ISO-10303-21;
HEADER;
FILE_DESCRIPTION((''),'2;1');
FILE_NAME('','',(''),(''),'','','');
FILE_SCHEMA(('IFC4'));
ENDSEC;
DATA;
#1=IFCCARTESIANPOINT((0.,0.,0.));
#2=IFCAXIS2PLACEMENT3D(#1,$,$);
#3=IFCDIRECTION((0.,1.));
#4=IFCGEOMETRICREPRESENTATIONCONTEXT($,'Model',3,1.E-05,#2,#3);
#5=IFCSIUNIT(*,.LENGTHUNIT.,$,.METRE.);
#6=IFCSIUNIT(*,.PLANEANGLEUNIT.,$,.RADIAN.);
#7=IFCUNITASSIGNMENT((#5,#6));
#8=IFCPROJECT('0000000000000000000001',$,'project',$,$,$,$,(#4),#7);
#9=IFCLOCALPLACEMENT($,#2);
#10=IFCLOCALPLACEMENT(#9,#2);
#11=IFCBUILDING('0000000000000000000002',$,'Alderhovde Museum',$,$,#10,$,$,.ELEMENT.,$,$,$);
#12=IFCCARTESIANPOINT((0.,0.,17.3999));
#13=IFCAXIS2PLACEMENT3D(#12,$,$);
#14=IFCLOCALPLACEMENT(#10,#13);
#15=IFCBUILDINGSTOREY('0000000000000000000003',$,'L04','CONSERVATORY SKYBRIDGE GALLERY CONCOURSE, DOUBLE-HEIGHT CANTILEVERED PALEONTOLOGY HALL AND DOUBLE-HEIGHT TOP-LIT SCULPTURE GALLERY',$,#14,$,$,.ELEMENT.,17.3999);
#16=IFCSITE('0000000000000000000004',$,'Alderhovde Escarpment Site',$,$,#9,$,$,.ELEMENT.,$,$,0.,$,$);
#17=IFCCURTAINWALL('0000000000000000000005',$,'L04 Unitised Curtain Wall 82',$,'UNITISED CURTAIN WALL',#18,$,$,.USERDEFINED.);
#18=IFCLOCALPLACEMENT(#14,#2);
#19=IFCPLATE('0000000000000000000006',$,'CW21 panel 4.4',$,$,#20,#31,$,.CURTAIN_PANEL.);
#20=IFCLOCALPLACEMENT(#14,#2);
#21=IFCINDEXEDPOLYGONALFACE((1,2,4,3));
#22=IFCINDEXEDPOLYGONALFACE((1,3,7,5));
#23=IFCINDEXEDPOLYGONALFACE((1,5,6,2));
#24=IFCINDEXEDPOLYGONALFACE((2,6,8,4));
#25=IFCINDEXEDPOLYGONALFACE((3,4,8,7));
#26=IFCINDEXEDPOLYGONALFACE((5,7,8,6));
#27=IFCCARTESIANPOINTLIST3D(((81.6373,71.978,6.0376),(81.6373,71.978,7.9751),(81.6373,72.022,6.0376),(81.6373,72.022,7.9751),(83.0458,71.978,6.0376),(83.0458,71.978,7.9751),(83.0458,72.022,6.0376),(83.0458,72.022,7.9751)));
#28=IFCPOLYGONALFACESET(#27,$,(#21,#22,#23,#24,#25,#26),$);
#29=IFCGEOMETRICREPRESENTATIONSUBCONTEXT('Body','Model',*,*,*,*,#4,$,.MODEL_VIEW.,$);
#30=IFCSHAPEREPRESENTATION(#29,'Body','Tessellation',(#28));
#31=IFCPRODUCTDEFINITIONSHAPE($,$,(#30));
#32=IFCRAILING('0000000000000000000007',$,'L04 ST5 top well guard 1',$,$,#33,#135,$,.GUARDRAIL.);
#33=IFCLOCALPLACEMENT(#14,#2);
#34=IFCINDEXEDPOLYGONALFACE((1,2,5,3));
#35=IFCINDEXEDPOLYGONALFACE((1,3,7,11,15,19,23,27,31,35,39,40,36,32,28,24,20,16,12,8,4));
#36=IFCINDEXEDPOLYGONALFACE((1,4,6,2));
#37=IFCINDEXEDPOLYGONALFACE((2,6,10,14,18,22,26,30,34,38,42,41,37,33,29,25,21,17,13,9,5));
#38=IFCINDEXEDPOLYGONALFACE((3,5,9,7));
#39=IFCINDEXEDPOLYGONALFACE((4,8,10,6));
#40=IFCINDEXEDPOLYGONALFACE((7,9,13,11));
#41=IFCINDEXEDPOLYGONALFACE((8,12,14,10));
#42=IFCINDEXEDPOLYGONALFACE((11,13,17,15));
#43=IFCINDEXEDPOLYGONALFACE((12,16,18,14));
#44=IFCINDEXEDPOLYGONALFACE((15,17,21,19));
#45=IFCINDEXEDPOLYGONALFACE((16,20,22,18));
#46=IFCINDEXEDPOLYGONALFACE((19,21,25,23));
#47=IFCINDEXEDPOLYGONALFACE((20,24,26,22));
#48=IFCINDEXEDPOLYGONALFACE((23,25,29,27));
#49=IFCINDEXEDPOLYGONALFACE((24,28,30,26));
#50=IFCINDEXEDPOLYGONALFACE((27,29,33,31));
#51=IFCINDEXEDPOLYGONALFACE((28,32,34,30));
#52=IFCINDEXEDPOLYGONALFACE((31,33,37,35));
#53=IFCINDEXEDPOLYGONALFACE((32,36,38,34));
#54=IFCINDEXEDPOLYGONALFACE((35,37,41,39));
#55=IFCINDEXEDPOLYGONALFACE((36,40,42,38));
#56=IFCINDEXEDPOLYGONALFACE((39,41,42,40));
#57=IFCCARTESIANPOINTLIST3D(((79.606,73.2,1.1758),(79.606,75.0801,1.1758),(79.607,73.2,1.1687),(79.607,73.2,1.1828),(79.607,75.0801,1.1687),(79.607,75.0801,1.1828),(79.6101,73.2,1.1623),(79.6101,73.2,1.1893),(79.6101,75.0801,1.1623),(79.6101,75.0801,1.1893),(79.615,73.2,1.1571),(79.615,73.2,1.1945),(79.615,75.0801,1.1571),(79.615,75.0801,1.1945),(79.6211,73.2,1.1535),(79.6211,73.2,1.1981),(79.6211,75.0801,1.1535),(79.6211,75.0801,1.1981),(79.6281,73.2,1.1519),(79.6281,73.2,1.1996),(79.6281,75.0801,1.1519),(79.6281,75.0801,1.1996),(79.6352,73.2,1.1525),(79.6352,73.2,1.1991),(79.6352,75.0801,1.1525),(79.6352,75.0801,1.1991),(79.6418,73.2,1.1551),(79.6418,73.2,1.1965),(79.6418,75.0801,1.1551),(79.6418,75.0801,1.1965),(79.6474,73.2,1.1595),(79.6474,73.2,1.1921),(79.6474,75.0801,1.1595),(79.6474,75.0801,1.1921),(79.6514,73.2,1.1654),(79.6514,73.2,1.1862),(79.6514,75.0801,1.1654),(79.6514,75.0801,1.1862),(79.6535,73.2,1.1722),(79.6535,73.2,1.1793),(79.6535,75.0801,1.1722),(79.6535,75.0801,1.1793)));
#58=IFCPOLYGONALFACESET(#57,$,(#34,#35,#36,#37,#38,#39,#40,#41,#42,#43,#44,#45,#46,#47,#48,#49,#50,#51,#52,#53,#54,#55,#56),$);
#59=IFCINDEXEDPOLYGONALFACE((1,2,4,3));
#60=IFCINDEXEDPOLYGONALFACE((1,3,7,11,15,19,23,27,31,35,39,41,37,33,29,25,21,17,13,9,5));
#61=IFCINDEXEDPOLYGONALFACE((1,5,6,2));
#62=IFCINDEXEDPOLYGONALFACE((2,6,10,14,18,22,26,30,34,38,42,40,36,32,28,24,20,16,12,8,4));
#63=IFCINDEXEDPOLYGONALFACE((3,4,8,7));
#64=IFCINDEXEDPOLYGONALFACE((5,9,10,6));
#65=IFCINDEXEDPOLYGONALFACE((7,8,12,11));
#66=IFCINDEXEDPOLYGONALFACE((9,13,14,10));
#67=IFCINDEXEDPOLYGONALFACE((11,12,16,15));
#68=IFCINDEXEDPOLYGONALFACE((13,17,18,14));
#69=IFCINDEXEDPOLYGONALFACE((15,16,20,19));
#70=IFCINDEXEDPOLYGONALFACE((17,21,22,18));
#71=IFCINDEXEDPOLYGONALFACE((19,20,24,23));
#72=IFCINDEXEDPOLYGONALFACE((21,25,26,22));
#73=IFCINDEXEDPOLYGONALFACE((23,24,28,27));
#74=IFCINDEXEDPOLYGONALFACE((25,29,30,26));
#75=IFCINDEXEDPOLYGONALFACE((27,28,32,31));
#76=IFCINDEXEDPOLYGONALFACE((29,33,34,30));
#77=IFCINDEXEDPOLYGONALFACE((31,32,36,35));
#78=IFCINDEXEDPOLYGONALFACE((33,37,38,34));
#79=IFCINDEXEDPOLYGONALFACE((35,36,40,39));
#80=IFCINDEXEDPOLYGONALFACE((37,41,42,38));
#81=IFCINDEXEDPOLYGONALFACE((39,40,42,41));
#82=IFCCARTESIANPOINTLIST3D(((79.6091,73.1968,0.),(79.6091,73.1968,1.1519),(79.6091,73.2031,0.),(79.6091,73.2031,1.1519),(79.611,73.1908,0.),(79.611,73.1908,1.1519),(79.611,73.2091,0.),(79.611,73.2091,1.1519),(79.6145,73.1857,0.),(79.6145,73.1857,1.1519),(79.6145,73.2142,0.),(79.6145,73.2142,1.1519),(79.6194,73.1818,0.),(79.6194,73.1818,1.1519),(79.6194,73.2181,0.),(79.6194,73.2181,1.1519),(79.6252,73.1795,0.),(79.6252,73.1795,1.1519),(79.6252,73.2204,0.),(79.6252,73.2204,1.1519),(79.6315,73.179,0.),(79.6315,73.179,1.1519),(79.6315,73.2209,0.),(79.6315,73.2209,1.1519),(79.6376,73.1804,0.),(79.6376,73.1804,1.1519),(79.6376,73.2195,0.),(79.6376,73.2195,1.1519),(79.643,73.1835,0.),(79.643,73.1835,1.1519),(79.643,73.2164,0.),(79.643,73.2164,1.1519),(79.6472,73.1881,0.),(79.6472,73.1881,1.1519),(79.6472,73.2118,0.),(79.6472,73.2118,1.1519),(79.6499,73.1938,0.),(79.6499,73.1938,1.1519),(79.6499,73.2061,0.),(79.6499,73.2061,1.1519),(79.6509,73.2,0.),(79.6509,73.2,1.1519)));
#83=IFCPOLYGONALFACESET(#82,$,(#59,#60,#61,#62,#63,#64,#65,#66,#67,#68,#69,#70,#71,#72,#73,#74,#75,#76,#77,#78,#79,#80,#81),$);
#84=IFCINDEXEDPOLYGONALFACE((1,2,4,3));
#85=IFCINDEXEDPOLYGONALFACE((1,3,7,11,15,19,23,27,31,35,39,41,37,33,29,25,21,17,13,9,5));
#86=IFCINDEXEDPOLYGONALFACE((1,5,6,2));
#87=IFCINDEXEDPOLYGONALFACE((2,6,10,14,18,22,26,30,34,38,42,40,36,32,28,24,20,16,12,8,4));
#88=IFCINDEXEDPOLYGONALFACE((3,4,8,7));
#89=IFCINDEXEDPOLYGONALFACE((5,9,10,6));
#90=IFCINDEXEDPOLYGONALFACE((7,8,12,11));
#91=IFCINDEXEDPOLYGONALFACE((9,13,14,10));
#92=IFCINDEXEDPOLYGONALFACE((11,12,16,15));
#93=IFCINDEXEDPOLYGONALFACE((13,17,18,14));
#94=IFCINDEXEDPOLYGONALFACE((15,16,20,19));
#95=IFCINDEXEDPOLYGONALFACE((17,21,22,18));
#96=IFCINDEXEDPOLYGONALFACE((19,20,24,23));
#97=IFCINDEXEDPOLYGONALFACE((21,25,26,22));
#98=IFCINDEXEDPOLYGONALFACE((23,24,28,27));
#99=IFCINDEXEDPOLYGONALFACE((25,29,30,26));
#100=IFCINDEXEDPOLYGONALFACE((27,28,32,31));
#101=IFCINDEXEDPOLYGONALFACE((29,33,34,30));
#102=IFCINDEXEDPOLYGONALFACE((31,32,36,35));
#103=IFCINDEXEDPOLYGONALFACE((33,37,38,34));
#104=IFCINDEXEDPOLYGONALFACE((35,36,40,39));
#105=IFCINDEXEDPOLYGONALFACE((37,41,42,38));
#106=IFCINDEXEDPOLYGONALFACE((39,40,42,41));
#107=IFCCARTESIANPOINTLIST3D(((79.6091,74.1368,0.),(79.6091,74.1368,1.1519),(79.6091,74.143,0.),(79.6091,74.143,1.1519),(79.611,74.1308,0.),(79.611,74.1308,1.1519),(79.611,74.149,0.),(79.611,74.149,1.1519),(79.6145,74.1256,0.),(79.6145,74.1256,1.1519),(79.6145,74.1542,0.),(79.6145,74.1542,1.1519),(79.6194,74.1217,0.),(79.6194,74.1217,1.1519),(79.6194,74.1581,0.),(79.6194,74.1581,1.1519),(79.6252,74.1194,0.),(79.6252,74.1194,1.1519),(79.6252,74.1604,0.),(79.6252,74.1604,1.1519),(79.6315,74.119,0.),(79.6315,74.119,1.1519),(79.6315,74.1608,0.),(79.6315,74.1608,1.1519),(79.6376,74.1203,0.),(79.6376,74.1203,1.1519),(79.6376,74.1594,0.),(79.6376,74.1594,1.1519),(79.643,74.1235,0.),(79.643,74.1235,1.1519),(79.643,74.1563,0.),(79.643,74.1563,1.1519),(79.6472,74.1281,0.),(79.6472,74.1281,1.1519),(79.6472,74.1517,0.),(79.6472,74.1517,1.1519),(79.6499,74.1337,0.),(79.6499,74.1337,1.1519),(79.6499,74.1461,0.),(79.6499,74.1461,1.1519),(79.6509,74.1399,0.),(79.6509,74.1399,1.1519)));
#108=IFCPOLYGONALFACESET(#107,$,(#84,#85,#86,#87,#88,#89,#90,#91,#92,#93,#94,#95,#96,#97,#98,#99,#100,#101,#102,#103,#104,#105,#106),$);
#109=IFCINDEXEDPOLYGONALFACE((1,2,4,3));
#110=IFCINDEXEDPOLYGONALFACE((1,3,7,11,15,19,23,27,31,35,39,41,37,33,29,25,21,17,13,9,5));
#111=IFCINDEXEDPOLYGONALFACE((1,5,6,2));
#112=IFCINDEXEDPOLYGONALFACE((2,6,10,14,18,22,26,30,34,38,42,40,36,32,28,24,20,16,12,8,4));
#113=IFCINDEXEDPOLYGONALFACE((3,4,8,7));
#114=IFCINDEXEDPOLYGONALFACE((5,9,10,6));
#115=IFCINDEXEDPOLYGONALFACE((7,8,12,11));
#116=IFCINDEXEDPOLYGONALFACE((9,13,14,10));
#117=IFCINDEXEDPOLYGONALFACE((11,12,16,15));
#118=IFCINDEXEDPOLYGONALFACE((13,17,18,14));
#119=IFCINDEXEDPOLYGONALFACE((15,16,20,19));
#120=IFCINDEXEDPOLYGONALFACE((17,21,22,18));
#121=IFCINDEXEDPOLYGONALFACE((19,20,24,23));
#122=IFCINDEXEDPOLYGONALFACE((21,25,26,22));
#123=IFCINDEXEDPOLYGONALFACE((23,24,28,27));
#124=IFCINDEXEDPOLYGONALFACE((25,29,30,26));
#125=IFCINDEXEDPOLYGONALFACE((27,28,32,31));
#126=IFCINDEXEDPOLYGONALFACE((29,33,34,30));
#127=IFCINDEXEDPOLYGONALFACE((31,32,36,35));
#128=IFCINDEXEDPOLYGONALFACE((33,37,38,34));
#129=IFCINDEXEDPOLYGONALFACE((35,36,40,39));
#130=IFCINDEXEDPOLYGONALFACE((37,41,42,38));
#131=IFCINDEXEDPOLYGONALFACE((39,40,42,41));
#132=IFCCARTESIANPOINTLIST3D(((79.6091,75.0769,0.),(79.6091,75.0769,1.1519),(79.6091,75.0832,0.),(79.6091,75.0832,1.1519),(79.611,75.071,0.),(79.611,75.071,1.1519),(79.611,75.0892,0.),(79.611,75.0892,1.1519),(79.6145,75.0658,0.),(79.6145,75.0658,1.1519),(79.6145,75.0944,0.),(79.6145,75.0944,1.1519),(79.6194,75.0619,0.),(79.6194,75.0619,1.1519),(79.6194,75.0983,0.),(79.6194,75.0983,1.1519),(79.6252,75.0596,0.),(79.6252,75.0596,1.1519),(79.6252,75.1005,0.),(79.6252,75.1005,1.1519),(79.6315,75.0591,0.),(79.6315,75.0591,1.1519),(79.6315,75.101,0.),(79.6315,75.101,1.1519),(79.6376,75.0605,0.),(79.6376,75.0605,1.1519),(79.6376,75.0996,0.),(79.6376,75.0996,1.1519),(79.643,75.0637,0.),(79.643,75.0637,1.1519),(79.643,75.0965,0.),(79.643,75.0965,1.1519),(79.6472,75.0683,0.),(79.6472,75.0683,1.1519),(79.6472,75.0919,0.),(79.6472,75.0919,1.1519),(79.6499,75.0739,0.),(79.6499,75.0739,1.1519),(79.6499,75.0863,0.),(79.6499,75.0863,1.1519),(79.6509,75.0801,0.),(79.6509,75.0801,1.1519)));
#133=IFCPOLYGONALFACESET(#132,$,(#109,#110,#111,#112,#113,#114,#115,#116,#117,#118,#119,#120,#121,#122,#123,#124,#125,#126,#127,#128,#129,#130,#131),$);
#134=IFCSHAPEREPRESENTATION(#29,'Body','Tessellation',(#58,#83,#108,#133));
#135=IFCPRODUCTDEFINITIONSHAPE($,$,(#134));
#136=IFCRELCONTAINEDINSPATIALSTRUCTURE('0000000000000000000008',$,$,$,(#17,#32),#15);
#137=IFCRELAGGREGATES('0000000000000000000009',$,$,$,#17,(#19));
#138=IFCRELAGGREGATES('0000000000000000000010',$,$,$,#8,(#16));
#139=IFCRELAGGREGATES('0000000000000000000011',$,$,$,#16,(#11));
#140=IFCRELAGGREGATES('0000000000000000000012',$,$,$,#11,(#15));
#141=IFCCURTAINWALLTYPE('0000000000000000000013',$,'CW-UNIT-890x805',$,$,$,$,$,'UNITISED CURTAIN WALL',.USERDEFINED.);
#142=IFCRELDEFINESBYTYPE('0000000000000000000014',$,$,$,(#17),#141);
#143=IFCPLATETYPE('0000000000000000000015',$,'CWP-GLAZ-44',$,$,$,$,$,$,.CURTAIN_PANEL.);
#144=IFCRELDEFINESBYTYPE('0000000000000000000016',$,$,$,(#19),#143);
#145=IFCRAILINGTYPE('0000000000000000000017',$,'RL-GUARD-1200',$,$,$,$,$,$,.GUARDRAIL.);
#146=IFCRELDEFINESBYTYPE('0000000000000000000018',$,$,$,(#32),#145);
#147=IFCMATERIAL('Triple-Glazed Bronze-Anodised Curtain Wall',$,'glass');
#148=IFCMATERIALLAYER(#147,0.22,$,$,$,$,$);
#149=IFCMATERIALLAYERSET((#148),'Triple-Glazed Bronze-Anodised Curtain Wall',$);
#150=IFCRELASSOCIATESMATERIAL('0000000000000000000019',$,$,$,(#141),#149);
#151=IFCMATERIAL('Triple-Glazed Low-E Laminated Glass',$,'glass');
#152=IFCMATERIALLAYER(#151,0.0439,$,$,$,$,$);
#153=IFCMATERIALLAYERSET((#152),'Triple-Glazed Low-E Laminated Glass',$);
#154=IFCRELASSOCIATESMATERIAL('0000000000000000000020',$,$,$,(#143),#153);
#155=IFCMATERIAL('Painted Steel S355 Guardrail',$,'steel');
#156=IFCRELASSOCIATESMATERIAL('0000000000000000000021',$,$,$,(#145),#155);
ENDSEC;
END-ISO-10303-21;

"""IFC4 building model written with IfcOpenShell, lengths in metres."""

from ifc_helpers import new_model, si_unit, direction, frame, origin, origin_2d, place, context, subcontext, project, spatial, rectangle, circle, extrude, material, layer, layer_set, type_object, element, aggregate, save


model = new_model("IFC4")

# Units and contexts
model_context = context("Model", 3, precision=1e-05, world=origin(), true_north=direction((0.0, 1.0)))
body_context = subcontext(model_context, "Body", "Model", "MODEL_VIEW")
ifc_project = project(units=[si_unit("LENGTHUNIT", "METRE"), si_unit("PLANEANGLEUNIT", "RADIAN")], contexts=[model_context])

# Site, building, storey
site_placement = place(None, origin())
site = spatial("IfcSite", under=ifc_project, at=site_placement, Name="Alderhovde Escarpment Site", CompositionType="ELEMENT", RefElevation=0.0)
building_placement = place(site_placement, origin())
building = spatial("IfcBuilding", under=site, at=building_placement, Name="Alderhovde Museum", CompositionType="ELEMENT")
storey_placement = place(building_placement, frame((0.0, 0.0, 17.3999)))
storey = spatial("IfcBuildingStorey", under=building, at=storey_placement, Name="L04", Description="CONSERVATORY SKYBRIDGE GALLERY CONCOURSE, DOUBLE-HEIGHT CANTILEVERED PALEONTOLOGY HALL AND DOUBLE-HEIGHT TOP-LIT SCULPTURE GALLERY", CompositionType="ELEMENT", Elevation=17.3999)

# Curtain wall, plate
ifc_material_1 = material(Name="Triple-Glazed Bronze-Anodised Curtain Wall", Category="glass")
ifc_layer_1 = layer(ifc_material_1, 0.22)
ifc_layer_set_1 = layer_set([ifc_layer_1], Name="Triple-Glazed Bronze-Anodised Curtain Wall")
curtain_wall_type = type_object("IfcCurtainWallType", Name="CW-UNIT-890x805", ElementType="UNITISED CURTAIN WALL", PredefinedType="USERDEFINED", material=ifc_layer_set_1)
curtain_wall_placement = place(storey_placement, origin())
curtain_wall = element("IfcCurtainWall", 1, at=curtain_wall_placement, inside=storey, type_object=curtain_wall_type, Name="L04 Unitised Curtain Wall 82", ObjectType="UNITISED CURTAIN WALL", PredefinedType="USERDEFINED")
ifc_material_2 = material(Name="Triple-Glazed Low-E Laminated Glass", Category="glass")
ifc_layer_2 = layer(ifc_material_2, 0.0439)
ifc_layer_set_2 = layer_set([ifc_layer_2], Name="Triple-Glazed Low-E Laminated Glass")
plate_type = type_object("IfcPlateType", Name="CWP-GLAZ-44", PredefinedType="CURTAIN_PANEL", material=ifc_layer_set_2)
plate_1_placement = place(storey_placement, frame((82.3416, 72.0, 6.0376), z_axis=(0.0, 0.0, 1.0), x_axis=(1.0, 0.0, 0.0)))
plate_1 = element("IfcPlate", 2, at=plate_1_placement, type_object=plate_type, Name="CW21 panel 4.4", PredefinedType="CURTAIN_PANEL", context=body_context, shape_type="SweptSolid", body=[
    extrude(rectangle(XDim=1.4084, YDim=0.0439, at=origin_2d()), origin(), (0.0, 0.0, 1.0), 1.9375),
])
aggregate(curtain_wall, [plate_1])

# Railing
ifc_material_3 = material(Name="Painted Steel S355 Guardrail", Category="steel")
railing_type = type_object("IfcRailingType", Name="RL-GUARD-1200", PredefinedType="GUARDRAIL", material=ifc_material_3)
railing_placement = place(storey_placement, frame((79.6299, 73.2, 0.0)))
element("IfcRailing", 3, at=railing_placement, inside=storey, type_object=railing_type, Name="L04 ST5 top well guard 1", PredefinedType="GUARDRAIL", context=body_context, shape_type="SweptSolid", body=[
    extrude(circle(Radius=0.0239, at=origin_2d()), frame((0.0, 0.0, 1.1758), z_axis=(0.0, 1.0, 0.0), x_axis=(-1.0, 0.0, 0.0)), (0.0, 0.0, 1.0), 1.8801),
    extrude(circle(Radius=0.021, at=origin_2d()), origin(), (0.0, 0.0, 1.0), 1.1519),
    extrude(circle(Radius=0.021, at=origin_2d()), frame((0.0, 0.9399, 0.0)), (0.0, 0.0, 1.0), 1.1519),
    extrude(circle(Radius=0.021, at=origin_2d()), frame((0.0, 1.8801, 0.0)), (0.0, 0.0, 1.0), 1.1519),
])

save(model, "model.ifc")
